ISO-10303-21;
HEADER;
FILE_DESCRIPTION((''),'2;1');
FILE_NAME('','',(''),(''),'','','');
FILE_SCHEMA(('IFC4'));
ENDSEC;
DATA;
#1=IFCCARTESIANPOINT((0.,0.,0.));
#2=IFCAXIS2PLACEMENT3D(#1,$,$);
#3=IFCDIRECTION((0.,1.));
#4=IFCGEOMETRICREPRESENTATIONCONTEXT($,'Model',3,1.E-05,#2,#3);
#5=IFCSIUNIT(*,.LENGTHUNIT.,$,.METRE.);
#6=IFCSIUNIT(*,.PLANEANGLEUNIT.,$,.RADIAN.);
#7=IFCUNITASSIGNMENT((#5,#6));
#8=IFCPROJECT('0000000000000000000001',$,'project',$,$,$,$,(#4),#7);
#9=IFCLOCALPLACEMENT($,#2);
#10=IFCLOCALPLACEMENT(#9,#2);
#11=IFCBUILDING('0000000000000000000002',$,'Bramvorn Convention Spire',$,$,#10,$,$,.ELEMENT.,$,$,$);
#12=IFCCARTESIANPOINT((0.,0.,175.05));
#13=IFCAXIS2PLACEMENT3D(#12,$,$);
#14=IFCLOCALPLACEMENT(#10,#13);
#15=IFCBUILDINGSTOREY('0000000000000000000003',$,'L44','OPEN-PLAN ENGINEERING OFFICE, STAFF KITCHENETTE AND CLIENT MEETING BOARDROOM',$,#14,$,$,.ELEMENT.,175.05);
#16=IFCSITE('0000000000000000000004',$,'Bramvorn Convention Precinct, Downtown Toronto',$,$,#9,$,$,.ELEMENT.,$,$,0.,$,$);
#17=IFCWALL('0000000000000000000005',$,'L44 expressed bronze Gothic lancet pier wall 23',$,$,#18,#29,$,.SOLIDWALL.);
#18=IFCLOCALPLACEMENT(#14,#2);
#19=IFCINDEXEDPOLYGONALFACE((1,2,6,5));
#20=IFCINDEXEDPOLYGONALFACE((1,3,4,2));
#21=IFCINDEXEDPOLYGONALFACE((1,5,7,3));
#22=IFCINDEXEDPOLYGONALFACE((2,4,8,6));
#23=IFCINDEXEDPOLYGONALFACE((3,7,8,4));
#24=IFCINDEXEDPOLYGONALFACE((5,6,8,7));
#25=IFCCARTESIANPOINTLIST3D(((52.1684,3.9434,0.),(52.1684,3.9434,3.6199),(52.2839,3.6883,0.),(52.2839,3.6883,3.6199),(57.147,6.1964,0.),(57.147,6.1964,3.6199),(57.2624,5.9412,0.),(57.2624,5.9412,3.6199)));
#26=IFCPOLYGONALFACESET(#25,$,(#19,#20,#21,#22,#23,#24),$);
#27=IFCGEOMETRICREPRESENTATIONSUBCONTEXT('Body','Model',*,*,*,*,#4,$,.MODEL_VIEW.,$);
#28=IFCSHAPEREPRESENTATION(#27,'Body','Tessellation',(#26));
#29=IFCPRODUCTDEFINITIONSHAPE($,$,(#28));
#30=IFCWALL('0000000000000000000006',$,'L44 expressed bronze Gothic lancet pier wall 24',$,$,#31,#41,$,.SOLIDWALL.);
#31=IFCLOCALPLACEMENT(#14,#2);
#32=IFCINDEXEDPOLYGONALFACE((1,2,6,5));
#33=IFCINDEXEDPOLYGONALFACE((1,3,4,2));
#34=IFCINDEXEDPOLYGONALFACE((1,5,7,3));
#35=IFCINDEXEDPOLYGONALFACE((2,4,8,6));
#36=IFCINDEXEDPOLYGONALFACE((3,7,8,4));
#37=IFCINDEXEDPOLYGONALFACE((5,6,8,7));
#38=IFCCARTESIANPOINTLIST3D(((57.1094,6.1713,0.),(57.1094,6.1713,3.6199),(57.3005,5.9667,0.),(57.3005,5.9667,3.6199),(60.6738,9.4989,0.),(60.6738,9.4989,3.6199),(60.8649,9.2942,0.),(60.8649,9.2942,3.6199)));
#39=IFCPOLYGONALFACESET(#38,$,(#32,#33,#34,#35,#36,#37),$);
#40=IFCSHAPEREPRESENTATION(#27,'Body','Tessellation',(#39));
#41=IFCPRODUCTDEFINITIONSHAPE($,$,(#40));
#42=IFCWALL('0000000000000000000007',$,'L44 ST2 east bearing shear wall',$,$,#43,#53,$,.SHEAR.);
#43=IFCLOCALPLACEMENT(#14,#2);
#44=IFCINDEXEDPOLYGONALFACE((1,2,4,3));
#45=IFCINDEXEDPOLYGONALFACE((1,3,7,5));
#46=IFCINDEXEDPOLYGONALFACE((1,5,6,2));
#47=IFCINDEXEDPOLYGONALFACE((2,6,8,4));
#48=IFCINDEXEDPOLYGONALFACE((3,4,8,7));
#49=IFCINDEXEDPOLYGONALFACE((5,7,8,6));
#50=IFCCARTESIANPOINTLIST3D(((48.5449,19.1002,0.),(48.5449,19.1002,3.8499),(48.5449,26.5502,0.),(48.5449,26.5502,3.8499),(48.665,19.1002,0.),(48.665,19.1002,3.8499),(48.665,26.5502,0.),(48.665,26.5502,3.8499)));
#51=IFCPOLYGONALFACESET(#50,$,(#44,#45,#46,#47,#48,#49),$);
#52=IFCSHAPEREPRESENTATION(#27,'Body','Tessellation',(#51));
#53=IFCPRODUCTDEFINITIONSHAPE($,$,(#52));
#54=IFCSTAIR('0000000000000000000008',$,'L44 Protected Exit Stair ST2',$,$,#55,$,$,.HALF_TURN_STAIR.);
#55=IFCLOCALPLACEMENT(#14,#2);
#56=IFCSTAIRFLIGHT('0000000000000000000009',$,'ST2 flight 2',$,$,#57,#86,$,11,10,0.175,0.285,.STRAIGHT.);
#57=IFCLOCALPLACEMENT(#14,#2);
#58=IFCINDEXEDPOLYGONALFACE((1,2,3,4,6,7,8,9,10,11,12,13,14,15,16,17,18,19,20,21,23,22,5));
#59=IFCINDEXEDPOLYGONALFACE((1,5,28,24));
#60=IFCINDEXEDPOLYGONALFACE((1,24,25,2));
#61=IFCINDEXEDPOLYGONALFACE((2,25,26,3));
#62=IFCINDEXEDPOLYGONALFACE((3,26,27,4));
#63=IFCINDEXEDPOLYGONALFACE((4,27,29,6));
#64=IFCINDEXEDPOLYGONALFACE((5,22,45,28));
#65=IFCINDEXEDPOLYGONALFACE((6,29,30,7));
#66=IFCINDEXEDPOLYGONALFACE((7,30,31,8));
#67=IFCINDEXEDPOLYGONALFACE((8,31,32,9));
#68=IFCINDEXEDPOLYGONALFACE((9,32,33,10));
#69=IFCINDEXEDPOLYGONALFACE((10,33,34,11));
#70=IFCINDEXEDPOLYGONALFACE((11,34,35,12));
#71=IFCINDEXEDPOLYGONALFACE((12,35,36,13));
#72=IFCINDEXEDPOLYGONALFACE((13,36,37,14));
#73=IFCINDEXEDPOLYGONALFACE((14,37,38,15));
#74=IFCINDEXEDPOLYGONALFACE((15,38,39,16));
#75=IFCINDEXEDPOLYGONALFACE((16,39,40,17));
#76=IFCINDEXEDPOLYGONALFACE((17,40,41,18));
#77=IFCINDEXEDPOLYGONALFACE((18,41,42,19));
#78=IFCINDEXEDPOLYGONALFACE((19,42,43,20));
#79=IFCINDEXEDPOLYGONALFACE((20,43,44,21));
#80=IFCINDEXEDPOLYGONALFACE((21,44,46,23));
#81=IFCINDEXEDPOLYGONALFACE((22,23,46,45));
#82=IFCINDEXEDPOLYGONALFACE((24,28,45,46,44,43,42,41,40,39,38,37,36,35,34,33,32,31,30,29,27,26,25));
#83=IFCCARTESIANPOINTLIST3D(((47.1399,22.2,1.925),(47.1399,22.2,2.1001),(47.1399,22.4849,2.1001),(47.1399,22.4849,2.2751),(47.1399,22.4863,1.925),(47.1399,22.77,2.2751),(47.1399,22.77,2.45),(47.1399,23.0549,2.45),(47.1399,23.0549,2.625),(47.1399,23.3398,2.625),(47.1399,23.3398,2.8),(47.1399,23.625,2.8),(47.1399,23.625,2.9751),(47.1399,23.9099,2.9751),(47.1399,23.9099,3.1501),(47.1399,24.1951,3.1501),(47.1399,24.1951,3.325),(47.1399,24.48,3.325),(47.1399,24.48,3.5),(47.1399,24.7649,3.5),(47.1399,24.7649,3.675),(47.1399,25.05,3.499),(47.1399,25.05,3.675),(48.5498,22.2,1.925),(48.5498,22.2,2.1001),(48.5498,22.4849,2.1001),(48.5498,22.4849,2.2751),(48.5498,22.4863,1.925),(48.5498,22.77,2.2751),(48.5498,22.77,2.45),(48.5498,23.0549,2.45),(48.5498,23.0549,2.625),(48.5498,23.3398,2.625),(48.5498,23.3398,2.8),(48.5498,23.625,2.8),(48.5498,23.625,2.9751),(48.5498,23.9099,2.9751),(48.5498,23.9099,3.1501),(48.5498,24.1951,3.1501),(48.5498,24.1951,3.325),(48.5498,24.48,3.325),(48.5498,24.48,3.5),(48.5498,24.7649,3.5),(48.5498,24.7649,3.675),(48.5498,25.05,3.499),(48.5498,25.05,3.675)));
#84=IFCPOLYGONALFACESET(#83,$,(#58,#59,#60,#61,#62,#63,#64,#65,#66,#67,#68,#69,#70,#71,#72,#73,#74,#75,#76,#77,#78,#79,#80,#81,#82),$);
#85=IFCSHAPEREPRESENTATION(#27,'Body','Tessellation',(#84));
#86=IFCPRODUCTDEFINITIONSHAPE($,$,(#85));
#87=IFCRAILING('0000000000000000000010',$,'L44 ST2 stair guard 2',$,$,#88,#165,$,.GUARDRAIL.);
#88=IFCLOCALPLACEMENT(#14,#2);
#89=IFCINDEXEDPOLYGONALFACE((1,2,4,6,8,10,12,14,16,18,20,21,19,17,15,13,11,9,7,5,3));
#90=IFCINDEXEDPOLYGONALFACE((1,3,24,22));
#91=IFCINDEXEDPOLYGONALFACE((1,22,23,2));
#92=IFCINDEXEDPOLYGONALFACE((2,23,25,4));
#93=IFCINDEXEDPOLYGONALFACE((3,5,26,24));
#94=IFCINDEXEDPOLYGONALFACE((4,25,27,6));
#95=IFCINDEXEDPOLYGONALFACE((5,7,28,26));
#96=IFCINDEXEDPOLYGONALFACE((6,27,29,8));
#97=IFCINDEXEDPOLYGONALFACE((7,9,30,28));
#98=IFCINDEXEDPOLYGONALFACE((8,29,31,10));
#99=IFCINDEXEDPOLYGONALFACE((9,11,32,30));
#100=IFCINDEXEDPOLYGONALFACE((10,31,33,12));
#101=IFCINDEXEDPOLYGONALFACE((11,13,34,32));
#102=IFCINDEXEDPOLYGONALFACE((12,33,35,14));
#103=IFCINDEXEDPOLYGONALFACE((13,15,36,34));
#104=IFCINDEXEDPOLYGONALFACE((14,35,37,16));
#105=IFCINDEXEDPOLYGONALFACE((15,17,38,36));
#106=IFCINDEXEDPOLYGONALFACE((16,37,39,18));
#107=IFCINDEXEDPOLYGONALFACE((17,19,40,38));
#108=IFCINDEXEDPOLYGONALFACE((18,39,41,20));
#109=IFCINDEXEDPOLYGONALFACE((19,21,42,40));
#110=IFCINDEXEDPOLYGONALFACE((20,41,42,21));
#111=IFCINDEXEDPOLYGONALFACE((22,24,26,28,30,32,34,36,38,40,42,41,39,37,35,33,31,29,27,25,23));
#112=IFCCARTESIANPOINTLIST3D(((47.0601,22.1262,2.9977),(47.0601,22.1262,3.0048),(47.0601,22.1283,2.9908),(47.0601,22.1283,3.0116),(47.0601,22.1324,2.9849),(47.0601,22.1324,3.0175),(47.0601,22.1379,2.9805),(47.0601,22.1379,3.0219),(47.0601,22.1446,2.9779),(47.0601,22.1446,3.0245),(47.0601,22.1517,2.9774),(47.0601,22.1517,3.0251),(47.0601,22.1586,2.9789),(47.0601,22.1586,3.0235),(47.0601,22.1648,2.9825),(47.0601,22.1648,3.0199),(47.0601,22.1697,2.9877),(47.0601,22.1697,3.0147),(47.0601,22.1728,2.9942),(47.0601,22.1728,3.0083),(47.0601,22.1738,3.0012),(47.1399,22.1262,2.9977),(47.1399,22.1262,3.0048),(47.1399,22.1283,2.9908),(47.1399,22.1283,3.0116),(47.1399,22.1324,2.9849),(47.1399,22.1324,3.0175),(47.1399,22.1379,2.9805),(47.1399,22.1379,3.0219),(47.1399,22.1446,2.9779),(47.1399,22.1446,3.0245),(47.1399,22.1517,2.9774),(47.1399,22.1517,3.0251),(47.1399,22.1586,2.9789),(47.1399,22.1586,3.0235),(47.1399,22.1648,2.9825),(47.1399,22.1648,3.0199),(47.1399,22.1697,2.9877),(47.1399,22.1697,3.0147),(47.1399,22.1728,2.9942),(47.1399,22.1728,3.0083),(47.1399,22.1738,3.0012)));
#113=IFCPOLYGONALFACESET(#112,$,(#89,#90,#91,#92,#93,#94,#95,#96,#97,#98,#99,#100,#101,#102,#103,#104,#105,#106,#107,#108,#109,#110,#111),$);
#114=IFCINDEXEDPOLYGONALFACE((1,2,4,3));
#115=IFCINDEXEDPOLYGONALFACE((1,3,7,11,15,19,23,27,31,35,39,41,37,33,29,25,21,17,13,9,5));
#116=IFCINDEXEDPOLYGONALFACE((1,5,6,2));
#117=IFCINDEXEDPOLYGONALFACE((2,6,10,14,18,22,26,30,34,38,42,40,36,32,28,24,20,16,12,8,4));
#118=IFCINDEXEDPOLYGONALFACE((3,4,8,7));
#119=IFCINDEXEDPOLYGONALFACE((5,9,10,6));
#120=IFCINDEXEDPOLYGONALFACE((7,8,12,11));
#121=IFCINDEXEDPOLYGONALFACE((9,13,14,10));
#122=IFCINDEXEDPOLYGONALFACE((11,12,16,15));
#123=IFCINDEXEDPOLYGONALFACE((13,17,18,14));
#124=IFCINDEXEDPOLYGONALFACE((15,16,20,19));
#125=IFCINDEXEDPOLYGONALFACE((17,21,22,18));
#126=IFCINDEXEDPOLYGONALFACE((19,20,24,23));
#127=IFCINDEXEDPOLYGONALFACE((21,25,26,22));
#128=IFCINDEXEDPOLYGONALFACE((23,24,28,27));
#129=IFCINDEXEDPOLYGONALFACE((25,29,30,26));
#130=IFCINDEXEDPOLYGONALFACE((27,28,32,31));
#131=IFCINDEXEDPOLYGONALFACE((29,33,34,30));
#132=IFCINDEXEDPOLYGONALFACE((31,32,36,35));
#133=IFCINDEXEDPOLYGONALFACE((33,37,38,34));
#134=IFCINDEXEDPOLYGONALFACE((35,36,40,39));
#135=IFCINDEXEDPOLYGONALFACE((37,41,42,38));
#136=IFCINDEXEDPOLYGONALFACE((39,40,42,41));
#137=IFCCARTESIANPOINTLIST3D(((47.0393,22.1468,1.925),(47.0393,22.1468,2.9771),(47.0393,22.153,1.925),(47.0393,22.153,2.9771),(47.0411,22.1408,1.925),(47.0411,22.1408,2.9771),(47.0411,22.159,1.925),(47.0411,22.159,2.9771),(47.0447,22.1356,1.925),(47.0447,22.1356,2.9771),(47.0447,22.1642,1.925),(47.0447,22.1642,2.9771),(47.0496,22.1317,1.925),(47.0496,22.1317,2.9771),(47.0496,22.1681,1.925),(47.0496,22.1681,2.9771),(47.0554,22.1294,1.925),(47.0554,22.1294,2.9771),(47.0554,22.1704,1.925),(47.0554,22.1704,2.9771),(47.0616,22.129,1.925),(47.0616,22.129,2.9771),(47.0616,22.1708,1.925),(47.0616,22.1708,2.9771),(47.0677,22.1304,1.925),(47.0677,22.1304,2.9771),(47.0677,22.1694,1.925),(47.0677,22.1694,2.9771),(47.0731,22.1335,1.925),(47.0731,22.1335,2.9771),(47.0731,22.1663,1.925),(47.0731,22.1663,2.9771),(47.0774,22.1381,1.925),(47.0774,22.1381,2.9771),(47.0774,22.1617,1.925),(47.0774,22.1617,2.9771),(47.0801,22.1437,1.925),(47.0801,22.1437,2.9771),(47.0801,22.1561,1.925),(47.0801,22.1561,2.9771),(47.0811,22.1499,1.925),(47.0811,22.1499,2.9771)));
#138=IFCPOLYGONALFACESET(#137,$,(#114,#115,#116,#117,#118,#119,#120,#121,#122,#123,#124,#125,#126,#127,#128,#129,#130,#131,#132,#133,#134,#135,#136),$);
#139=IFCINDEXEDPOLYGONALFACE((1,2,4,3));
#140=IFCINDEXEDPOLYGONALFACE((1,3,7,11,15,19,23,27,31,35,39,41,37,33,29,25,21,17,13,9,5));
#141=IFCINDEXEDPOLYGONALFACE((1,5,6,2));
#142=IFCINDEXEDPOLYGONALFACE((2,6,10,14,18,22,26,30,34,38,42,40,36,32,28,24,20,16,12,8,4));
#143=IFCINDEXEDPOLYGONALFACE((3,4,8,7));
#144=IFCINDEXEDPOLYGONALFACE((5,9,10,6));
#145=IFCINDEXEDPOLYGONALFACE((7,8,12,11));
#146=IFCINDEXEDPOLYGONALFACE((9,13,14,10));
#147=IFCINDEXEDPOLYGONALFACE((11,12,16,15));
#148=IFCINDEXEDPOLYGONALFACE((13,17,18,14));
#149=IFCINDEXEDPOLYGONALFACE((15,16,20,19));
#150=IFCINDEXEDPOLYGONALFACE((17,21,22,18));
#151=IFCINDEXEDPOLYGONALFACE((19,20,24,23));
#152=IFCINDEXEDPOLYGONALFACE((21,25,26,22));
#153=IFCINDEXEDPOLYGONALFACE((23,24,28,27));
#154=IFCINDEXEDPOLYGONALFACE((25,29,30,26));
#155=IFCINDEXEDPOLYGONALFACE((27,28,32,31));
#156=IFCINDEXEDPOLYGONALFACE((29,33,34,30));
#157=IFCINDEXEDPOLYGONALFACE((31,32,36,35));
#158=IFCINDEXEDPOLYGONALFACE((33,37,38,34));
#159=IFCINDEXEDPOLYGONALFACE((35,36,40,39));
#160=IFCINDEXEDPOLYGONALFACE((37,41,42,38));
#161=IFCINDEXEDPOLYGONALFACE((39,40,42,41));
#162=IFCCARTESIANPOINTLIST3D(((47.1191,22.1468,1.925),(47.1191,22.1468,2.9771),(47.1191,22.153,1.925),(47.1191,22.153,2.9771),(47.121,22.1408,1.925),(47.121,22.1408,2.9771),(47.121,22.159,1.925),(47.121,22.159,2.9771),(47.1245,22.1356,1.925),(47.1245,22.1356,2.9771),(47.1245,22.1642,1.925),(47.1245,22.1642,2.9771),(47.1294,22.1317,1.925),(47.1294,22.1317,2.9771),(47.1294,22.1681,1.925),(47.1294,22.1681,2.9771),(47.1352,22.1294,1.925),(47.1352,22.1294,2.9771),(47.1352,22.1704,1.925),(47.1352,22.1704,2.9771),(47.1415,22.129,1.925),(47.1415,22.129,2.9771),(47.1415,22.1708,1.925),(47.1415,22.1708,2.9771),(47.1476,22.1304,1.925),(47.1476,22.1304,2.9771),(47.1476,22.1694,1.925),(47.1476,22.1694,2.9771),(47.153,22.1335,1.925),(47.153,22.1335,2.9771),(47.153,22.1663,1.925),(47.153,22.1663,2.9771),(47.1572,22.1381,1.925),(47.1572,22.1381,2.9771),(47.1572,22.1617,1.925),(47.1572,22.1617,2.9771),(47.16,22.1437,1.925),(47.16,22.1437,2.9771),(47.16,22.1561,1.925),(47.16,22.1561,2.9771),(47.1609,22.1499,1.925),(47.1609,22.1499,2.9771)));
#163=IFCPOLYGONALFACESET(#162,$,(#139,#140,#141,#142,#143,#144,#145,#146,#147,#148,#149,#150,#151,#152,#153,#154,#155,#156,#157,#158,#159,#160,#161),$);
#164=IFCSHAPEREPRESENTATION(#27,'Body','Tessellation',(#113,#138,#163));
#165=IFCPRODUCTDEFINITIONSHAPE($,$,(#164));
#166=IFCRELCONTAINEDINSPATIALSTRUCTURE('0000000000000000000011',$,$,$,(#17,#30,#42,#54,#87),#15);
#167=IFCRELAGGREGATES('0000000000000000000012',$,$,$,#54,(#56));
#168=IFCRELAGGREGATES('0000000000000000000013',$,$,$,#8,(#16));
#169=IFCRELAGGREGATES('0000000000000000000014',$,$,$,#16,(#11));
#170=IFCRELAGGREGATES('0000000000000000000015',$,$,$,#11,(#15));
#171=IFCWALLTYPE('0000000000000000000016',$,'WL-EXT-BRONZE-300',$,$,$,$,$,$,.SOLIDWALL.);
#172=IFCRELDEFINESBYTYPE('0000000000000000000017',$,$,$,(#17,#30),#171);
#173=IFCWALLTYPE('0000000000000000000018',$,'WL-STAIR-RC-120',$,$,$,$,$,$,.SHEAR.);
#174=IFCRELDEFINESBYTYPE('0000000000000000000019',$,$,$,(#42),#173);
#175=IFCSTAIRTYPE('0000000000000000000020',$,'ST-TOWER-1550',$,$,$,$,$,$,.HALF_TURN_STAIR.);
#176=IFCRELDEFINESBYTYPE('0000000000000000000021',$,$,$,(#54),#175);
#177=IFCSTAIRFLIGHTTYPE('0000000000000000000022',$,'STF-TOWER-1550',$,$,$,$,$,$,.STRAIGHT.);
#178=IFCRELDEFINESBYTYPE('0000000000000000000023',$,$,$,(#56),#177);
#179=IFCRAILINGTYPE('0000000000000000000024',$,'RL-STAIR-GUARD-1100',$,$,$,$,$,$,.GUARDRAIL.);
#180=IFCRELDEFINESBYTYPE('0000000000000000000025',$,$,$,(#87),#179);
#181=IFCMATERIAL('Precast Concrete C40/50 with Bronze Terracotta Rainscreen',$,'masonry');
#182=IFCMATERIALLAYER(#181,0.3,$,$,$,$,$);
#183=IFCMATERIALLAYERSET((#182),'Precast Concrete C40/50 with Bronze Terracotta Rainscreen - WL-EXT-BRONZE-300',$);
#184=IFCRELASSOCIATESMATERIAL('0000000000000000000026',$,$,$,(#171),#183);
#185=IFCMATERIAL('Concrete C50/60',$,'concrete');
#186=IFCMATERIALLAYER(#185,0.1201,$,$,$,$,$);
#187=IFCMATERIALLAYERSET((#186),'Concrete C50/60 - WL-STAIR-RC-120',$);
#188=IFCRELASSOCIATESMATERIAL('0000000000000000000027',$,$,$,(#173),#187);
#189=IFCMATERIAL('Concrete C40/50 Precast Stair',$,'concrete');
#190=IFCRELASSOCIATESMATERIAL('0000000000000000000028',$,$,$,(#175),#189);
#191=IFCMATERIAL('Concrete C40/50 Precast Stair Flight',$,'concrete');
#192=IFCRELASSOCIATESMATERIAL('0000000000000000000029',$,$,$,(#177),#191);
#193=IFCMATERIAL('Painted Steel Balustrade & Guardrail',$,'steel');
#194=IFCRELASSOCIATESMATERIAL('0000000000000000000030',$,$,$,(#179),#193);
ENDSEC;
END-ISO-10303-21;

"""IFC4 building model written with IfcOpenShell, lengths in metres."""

from ifc_helpers import new_model, si_unit, direction, frame, frame_2d, origin, origin_2d, place, context, subcontext, project, spatial, polyline, rectangle, circle, outline, extrude, material, layer, layer_set, type_object, element, aggregate, save


model = new_model("IFC4")

# Units and contexts
model_context = context("Model", 3, precision=1e-05, world=origin(), true_north=direction((0.0, 1.0)))
body_context = subcontext(model_context, "Body", "Model", "MODEL_VIEW")
ifc_project = project(units=[si_unit("LENGTHUNIT", "METRE"), si_unit("PLANEANGLEUNIT", "RADIAN")], contexts=[model_context])

# Site, building, storey
site_placement = place(None, origin())
site = spatial("IfcSite", under=ifc_project, at=site_placement, Name="Bramvorn Convention Precinct, Downtown Toronto", CompositionType="ELEMENT", RefElevation=0.0)
building_placement = place(site_placement, origin())
building = spatial("IfcBuilding", under=site, at=building_placement, Name="Bramvorn Convention Spire", CompositionType="ELEMENT")
storey_placement = place(building_placement, frame((0.0, 0.0, 175.05)))
storey = spatial("IfcBuildingStorey", under=building, at=storey_placement, Name="L44", Description="OPEN-PLAN ENGINEERING OFFICE, STAFF KITCHENETTE AND CLIENT MEETING BOARDROOM", CompositionType="ELEMENT", Elevation=175.05)

# Shared definitions
ifc_material_1 = material(Name="Concrete C50/60", Category="concrete")

# Walls
ifc_material_2 = material(Name="Precast Concrete C40/50 with Bronze Terracotta Rainscreen", Category="masonry")
ifc_layer_1 = layer(ifc_material_2, 0.3)
ifc_layer_set_1 = layer_set([ifc_layer_1], Name="Precast Concrete C40/50 with Bronze Terracotta Rainscreen - WL-EXT-BRONZE-300")
wall_type_1 = type_object("IfcWallType", Name="WL-EXT-BRONZE-300", PredefinedType="SOLIDWALL", material=ifc_layer_set_1)
wall_1_placement = place(storey_placement, frame((57.2048, 6.0688, 0.0), z_axis=(0.0, 0.0, 1.0), x_axis=(-0.911057, -0.412281, 0.0)))
element("IfcWall", 1, at=wall_1_placement, inside=storey, type_object=wall_type_1, Name="L44 expressed bronze Gothic lancet pier wall 23", PredefinedType="SOLIDWALL", context=body_context, shape_type="SweptSolid", body=[
    extrude(rectangle(XDim=5.4646, YDim=0.28, at=frame_2d((2.7324, 0.0))), origin(), (0.0, 0.0, 1.0), 3.6199),
])
wall_2_placement = place(storey_placement, frame((60.7693, 9.3965, 0.0), z_axis=(0.0, 0.0, 1.0), x_axis=(-0.730972, -0.682407, 0.0)))
element("IfcWall", 2, at=wall_2_placement, inside=storey, type_object=wall_type_1, Name="L44 expressed bronze Gothic lancet pier wall 24", PredefinedType="SOLIDWALL", context=body_context, shape_type="SweptSolid", body=[
    extrude(rectangle(XDim=4.8762, YDim=0.28, at=frame_2d((2.438, 0.0))), origin(), (0.0, 0.0, 1.0), 3.6199),
])
ifc_layer_2 = layer(ifc_material_1, 0.1201)
ifc_layer_set_2 = layer_set([ifc_layer_2], Name="Concrete C50/60 - WL-STAIR-RC-120")
wall_type_2 = type_object("IfcWallType", Name="WL-STAIR-RC-120", PredefinedType="SHEAR", material=ifc_layer_set_2)
wall_3_placement = place(storey_placement, frame((48.605, 19.1001, 0.0), z_axis=(0.0, 0.0, 1.0), x_axis=(0.0, 1.0, 0.0)))
element("IfcWall", 3, at=wall_3_placement, inside=storey, type_object=wall_type_2, Name="L44 ST2 east bearing shear wall", PredefinedType="SHEAR", context=body_context, shape_type="SweptSolid", body=[
    extrude(rectangle(XDim=7.45, YDim=0.1201, at=frame_2d((3.7251, 0.0))), origin(), (0.0, 0.0, 1.0), 3.8499),
])

# Stair, stair flight
ifc_material_3 = material(Name="Concrete C40/50 Precast Stair", Category="concrete")
stair_type = type_object("IfcStairType", Name="ST-TOWER-1550", PredefinedType="HALF_TURN_STAIR", material=ifc_material_3)
stair_placement = place(storey_placement, origin())
stair = element("IfcStair", 4, at=stair_placement, inside=storey, type_object=stair_type, Name="L44 Protected Exit Stair ST2", PredefinedType="HALF_TURN_STAIR")
ifc_material_4 = material(Name="Concrete C40/50 Precast Stair Flight", Category="concrete")
stair_flight_type = type_object("IfcStairFlightType", Name="STF-TOWER-1550", PredefinedType="STRAIGHT", material=ifc_material_4)
stair_flight_placement = place(storey_placement, frame((47.845, 22.2, 1.925), z_axis=(0.0, 0.0, 1.0), x_axis=(0.0, 1.0, 0.0)))
stair_flight = element("IfcStairFlight", 5, at=stair_flight_placement, type_object=stair_flight_type, Name="ST2 flight 2", NumberOfRisers=11, NumberOfTreads=10, PredefinedType="STRAIGHT", RiserHeight=0.175, TreadLength=0.285, context=body_context, shape_type="SweptSolid", body=[
    extrude(outline(polyline([(0.0, 0.0), (0.0, 0.175), (0.2849, 0.175), (0.2849, 0.3501), (0.5701, 0.3501), (0.5701, 0.5249), (0.855, 0.5249), (0.855, 0.7), (1.1399, 0.7), (1.1399, 0.875), (1.425, 0.875), (1.425, 1.05), (1.71, 1.05), (1.71, 1.2251), (1.9951, 1.2251), (1.9951, 1.3999), (2.28, 1.3999), (2.28, 1.575), (2.5649, 1.575), (2.5649, 1.75), (2.8501, 1.75), (2.8501, 1.925), (2.8501, 1.574), (0.2864, 0.0), (0.0, 0.0)])), frame((0.0, 0.7051, 0.0), z_axis=(0.0, -1.0, 0.0), x_axis=(1.0, 0.0, 0.0)), (0.0, 0.0, 1.0), 1.4099),
])
aggregate(stair, [stair_flight])

# Railing
ifc_material_5 = material(Name="Painted Steel Balustrade & Guardrail", Category="steel")
railing_type = type_object("IfcRailingType", Name="RL-STAIR-GUARD-1100", PredefinedType="GUARDRAIL", material=ifc_material_5)
railing_1_placement = place(storey_placement, frame((47.0601, 22.1499, 1.925)))
element("IfcRailing", 6, at=railing_1_placement, inside=storey, type_object=railing_type, Name="L44 ST2 stair guard 2", PredefinedType="GUARDRAIL", context=body_context, shape_type="SweptSolid", body=[
    extrude(circle(Radius=0.0239, at=origin_2d()), frame((0.0, 0.0, 1.0762), z_axis=(1.0, 0.0, 0.0), x_axis=(0.0, 1.0, 0.0)), (0.0, 0.0, 1.0), 0.0798),
    extrude(circle(Radius=0.021, at=origin_2d()), origin(), (0.0, 0.0, 1.0), 1.052),
    extrude(circle(Radius=0.021, at=origin_2d()), frame((0.0798, 0.0, 0.0)), (0.0, 0.0, 1.0), 1.052),
])

save(model, "model.ifc")
